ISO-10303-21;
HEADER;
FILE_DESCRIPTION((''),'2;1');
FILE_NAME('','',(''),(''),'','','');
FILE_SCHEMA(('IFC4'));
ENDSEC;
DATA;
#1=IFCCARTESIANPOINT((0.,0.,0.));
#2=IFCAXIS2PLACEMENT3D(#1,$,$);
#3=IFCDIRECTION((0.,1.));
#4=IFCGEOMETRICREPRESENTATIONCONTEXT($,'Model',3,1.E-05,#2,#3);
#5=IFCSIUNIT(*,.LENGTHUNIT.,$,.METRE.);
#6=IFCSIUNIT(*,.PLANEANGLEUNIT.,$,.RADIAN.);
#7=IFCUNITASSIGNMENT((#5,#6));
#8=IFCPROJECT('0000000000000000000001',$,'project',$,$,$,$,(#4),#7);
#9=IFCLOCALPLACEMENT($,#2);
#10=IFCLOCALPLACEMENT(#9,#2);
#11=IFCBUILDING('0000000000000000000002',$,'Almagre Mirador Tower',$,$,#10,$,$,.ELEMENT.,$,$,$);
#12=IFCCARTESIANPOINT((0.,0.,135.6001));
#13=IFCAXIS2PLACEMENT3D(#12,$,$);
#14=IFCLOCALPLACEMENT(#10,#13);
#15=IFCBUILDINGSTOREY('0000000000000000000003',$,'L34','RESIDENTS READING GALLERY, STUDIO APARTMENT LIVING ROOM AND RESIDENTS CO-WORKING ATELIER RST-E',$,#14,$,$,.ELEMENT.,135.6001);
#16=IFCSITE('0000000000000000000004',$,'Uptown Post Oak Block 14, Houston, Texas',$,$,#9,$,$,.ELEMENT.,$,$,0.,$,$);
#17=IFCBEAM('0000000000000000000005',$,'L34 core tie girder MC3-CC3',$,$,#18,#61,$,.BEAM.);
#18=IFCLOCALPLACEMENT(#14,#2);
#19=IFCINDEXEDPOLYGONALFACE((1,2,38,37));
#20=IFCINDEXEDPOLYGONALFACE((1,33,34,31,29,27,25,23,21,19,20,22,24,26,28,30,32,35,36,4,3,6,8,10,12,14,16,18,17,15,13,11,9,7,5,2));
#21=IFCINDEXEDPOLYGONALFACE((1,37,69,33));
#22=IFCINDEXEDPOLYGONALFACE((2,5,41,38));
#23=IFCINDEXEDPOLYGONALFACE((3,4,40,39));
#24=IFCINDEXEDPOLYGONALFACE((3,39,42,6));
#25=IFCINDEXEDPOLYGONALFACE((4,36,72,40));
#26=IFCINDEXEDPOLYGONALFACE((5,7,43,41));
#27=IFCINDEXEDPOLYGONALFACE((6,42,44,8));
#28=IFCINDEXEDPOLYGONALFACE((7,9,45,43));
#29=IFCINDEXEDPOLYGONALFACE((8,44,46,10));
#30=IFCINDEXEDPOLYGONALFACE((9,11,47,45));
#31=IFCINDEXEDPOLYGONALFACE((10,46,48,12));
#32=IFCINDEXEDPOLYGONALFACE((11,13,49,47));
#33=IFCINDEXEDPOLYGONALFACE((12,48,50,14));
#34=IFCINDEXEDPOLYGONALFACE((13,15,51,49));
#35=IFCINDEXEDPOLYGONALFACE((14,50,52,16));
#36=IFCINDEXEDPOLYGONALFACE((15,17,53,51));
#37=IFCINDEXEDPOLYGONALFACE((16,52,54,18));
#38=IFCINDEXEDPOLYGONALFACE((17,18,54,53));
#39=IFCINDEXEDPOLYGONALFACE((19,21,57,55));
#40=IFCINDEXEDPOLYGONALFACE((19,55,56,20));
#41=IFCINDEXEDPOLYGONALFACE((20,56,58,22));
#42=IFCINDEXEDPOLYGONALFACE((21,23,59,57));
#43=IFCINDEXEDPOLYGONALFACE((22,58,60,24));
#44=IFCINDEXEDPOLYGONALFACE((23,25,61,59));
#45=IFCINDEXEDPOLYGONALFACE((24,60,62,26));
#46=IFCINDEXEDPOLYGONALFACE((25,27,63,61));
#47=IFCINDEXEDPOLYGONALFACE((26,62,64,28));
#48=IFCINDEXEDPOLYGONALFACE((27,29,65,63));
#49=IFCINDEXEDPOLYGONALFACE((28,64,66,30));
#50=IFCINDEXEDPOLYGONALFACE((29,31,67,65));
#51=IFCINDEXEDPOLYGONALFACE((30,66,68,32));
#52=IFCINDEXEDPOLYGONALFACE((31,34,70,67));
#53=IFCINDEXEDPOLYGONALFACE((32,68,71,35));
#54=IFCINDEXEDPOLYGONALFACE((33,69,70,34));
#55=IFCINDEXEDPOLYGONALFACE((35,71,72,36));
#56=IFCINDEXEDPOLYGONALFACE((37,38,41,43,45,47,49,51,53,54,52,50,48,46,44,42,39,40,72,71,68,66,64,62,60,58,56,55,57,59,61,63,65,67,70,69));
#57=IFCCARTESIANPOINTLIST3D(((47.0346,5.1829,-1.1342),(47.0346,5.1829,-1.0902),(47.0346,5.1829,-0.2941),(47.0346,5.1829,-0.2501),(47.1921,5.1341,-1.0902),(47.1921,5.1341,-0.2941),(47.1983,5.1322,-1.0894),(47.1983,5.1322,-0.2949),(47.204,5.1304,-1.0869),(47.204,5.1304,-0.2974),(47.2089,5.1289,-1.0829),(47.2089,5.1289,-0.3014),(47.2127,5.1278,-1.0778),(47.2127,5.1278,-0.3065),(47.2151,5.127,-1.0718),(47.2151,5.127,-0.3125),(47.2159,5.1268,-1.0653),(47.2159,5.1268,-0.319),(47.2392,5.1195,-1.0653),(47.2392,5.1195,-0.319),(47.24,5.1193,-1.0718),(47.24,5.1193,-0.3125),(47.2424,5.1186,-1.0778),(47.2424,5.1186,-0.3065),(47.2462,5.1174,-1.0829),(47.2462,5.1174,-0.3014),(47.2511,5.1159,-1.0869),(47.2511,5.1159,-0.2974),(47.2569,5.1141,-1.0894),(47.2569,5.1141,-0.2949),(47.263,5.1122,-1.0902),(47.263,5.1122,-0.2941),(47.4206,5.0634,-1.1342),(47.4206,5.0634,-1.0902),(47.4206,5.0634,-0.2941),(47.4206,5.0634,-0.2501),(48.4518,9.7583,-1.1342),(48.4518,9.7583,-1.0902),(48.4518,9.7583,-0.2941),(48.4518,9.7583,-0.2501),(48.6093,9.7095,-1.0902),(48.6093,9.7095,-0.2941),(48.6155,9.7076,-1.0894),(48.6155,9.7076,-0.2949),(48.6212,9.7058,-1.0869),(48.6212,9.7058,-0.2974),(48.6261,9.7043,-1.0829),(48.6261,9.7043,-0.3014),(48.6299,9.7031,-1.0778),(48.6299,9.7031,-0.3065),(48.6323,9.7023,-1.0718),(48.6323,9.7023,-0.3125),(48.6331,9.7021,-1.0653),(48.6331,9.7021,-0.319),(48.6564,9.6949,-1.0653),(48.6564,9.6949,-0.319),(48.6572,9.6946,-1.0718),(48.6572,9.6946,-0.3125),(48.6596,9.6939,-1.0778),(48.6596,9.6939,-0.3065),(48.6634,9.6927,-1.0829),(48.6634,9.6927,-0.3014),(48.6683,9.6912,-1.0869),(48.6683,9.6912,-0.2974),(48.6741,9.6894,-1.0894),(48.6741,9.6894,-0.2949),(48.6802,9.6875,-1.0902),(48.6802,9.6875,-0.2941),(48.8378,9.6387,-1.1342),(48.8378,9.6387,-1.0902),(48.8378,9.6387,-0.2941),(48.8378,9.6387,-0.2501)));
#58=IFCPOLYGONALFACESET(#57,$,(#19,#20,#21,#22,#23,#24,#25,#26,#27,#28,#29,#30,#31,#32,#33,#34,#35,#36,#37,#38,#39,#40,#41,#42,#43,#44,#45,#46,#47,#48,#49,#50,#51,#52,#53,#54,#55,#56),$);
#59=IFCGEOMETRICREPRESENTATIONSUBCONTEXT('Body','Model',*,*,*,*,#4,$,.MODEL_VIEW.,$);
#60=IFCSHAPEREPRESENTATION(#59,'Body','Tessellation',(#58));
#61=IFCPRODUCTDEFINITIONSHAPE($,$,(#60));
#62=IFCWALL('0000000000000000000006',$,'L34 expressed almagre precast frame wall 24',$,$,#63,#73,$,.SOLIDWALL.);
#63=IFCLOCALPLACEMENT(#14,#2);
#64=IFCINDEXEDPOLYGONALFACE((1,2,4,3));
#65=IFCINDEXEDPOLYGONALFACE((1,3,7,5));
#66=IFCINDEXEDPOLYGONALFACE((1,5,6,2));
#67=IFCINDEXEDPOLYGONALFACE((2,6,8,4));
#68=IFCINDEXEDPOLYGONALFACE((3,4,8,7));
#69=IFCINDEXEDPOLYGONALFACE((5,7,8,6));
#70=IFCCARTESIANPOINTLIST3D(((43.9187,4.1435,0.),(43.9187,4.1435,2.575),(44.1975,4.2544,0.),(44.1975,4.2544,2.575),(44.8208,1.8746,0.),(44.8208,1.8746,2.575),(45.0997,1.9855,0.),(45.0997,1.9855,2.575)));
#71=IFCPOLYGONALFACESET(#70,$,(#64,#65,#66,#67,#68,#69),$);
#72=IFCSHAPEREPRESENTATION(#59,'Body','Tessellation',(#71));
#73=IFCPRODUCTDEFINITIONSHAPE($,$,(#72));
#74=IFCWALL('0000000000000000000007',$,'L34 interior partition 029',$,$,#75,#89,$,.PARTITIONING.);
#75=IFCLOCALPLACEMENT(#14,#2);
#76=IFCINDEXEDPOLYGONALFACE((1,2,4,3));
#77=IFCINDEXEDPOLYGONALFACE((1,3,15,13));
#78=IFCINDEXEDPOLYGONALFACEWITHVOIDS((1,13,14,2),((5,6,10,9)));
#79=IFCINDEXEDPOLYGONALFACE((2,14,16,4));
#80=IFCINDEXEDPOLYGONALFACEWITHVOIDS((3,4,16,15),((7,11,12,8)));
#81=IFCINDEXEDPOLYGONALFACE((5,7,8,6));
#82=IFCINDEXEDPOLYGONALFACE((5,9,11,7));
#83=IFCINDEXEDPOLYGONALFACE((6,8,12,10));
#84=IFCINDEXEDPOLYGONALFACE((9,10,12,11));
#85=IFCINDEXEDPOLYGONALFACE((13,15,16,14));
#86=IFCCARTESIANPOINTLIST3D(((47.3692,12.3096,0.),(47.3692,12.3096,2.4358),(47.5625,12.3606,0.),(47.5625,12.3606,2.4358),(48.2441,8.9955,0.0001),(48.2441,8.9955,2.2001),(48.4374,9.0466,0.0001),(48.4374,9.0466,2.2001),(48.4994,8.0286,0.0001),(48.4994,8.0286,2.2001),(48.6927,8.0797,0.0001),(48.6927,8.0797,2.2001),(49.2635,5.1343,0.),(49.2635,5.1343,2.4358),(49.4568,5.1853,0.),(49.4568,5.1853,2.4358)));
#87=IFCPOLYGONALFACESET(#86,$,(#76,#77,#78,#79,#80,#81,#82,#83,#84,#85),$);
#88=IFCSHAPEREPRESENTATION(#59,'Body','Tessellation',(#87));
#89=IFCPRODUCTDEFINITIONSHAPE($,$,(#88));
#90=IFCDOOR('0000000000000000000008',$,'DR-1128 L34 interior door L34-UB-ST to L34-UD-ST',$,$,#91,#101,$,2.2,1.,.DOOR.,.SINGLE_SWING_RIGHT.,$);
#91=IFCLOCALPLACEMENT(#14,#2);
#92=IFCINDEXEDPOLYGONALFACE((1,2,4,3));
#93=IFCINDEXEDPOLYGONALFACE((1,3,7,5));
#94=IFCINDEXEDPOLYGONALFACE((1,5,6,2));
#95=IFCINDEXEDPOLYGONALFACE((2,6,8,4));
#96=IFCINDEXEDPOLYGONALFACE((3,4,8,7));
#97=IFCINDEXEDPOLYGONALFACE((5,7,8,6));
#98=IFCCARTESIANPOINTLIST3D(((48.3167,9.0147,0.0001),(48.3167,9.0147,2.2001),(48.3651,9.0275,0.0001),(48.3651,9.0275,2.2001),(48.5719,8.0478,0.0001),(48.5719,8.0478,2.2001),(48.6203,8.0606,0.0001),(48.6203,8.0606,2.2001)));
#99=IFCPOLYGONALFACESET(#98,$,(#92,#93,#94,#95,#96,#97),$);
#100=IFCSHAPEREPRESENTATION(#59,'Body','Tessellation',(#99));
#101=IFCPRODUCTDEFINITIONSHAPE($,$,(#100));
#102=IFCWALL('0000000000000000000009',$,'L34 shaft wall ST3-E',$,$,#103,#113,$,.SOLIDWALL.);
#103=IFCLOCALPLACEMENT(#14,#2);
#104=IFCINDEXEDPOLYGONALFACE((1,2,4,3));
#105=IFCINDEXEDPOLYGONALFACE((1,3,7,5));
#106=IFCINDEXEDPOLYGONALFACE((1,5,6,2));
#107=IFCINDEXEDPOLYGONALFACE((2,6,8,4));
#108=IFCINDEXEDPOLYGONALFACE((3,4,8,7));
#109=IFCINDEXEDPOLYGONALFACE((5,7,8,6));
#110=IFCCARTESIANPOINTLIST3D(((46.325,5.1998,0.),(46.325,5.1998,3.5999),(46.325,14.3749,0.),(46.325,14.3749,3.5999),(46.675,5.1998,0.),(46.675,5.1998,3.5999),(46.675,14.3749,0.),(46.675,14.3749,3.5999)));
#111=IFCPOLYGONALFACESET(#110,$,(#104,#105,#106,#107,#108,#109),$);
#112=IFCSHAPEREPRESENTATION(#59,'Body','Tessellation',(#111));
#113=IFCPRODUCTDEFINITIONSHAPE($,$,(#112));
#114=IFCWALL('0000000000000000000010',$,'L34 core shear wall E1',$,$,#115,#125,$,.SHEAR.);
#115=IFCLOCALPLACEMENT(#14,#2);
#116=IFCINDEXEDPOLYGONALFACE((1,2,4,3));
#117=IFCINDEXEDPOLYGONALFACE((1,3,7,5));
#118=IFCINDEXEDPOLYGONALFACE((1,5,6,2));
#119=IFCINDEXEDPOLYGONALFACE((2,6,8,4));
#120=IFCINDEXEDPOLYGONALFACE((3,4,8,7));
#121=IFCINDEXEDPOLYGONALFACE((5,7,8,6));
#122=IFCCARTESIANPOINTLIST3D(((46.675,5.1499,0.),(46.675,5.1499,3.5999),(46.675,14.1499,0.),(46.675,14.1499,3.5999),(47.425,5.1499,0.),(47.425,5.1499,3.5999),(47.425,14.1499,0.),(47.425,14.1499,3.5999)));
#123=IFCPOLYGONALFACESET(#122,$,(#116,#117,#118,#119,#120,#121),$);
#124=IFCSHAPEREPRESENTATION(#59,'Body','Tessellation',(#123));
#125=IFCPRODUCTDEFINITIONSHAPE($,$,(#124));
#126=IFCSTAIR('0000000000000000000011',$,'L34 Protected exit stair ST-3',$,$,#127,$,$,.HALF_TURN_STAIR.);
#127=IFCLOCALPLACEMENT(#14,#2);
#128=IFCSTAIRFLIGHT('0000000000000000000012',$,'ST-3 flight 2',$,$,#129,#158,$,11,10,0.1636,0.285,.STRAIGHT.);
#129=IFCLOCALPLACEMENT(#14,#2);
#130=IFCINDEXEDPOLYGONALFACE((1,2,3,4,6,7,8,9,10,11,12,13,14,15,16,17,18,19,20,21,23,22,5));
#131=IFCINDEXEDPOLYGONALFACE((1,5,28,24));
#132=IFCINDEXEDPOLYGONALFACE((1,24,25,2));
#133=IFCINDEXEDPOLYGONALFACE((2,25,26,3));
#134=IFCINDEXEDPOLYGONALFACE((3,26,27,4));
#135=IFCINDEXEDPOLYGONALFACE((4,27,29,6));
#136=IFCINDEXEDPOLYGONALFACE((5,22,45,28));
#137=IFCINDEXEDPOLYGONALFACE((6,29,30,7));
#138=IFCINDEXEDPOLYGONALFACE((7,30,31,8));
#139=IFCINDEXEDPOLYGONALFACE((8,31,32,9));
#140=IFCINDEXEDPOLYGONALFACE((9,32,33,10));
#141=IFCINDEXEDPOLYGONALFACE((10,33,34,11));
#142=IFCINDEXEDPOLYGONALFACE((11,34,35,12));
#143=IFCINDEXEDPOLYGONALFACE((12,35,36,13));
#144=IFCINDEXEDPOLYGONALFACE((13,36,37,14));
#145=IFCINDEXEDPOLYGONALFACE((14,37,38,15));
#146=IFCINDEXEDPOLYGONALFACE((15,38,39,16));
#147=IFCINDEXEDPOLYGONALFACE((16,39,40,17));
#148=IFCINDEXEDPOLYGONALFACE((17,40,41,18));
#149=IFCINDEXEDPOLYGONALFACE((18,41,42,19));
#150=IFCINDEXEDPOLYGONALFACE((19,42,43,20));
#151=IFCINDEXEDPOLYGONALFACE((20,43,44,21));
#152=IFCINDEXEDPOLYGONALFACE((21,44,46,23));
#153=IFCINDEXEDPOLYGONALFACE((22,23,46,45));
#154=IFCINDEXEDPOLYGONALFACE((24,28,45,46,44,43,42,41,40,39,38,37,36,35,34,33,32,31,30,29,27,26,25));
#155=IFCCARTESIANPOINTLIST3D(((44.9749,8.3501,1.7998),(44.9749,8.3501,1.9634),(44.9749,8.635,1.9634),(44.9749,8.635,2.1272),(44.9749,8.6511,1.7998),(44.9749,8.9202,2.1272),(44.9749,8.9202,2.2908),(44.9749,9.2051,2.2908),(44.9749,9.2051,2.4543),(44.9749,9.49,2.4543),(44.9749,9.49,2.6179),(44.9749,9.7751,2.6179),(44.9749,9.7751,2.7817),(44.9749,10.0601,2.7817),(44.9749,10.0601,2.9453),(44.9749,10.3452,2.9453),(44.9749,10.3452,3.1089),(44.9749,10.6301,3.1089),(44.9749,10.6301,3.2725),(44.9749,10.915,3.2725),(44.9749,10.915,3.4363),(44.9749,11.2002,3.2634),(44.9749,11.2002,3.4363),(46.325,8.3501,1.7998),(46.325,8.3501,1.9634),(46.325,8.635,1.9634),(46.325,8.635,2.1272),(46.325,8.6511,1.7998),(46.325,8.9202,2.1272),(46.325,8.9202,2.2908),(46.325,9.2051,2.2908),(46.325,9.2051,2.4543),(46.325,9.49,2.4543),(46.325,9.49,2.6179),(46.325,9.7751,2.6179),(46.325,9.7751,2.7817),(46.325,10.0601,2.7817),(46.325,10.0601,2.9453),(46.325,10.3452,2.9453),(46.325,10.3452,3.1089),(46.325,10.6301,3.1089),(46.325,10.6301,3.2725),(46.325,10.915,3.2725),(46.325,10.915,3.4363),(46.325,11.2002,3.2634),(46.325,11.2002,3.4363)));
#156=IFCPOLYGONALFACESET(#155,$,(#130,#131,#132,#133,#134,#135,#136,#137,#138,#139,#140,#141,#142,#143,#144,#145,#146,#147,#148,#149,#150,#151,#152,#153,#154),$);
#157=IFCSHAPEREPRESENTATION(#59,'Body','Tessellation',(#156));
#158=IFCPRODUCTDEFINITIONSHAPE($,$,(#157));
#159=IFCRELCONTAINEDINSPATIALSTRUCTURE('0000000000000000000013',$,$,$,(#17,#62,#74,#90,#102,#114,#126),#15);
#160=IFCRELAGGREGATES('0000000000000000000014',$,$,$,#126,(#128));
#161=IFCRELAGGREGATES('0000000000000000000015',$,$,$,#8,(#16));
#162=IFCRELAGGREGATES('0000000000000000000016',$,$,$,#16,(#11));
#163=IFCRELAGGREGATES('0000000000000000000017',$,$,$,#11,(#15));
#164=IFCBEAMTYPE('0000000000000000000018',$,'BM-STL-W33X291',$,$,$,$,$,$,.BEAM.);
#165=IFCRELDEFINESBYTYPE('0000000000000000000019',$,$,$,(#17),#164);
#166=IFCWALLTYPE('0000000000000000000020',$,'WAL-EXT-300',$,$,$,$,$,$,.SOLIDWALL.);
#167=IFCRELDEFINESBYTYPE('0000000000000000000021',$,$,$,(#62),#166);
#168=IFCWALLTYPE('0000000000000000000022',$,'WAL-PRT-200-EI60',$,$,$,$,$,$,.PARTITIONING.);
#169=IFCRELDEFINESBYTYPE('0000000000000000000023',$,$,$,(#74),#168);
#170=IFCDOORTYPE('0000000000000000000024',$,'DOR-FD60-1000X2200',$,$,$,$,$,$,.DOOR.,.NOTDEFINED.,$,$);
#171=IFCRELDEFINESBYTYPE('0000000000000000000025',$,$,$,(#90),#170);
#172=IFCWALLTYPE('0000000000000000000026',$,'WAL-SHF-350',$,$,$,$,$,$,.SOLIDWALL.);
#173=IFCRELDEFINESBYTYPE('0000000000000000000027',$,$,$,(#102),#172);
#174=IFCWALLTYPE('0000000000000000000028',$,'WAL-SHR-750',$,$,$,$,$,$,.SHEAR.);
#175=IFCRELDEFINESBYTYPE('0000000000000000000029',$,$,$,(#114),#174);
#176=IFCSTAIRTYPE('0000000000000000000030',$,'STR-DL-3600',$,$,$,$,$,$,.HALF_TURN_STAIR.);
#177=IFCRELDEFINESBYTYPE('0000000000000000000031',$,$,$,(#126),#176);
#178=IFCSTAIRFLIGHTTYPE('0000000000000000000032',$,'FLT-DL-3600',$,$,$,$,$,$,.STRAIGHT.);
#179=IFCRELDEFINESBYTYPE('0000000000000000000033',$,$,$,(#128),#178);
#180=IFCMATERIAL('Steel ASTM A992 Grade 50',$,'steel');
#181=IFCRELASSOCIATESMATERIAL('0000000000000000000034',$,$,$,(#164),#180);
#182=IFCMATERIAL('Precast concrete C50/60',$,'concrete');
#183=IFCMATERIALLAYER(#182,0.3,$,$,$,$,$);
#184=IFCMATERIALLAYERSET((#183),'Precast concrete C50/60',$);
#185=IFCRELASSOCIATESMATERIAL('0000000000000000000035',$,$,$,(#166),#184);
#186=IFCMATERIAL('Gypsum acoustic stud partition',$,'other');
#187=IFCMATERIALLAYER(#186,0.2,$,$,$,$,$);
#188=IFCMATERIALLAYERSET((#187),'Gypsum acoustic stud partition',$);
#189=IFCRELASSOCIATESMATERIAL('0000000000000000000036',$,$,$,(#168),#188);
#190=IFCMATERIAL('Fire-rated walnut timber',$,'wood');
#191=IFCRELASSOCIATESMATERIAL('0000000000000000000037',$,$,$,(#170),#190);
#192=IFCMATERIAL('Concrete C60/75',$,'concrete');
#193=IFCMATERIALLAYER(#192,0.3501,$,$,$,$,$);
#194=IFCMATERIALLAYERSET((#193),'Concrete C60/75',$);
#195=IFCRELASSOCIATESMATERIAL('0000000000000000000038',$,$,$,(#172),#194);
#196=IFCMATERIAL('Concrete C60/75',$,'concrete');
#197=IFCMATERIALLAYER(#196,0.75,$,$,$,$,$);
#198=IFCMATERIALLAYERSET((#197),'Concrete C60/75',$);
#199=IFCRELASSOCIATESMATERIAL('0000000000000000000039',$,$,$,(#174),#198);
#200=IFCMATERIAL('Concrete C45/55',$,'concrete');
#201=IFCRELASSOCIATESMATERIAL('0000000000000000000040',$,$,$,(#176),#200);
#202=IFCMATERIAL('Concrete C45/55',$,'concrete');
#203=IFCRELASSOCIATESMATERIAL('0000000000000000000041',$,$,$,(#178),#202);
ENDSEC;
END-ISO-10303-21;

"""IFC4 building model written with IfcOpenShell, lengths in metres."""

from ifc_helpers import new_model, si_unit, direction, frame, frame_2d, origin, origin_2d, place, context, subcontext, project, spatial, polyline, rectangle, i_section, outline, extrude, material, layer, layer_set, material_profile, profile_set, type_object, element, fill, aggregate, save


model = new_model("IFC4")

# Units and contexts
model_context = context("Model", 3, precision=1e-05, world=origin(), true_north=direction((0.0, 1.0)))
body_context = subcontext(model_context, "Body", "Model", "MODEL_VIEW")
ifc_project = project(units=[si_unit("LENGTHUNIT", "METRE"), si_unit("PLANEANGLEUNIT", "RADIAN")], contexts=[model_context])

# Site, building, storey
site_placement = place(None, origin())
site = spatial("IfcSite", under=ifc_project, at=site_placement, Name="Uptown Post Oak Block 14, Houston, Texas", CompositionType="ELEMENT", RefElevation=0.0)
building_placement = place(site_placement, origin())
building = spatial("IfcBuilding", under=site, at=building_placement, Name="Almagre Mirador Tower", CompositionType="ELEMENT")
storey_placement = place(building_placement, frame((0.0, 0.0, 135.6001)))
storey = spatial("IfcBuildingStorey", under=building, at=storey_placement, Name="L34", Description="RESIDENTS READING GALLERY, STUDIO APARTMENT LIVING ROOM AND RESIDENTS CO-WORKING ATELIER RST-E", CompositionType="ELEMENT", Elevation=135.6001)

# Beam
ifc_material_1 = material(Name="Steel ASTM A992 Grade 50", Category="steel")
ifc_material_profile_1 = material_profile(ifc_material_1, i_section(OverallWidth=0.4041, OverallDepth=0.884, WebThickness=0.0244, FlangeThickness=0.0439, FilletRadius=0.0249, at=origin_2d()), Name="W33X291")
ifc_profile_set_1 = profile_set([ifc_material_profile_1], Name="Steel ASTM A992 Grade 50")
beam_type = type_object("IfcBeamType", Name="BM-STL-W33X291", PredefinedType="BEAM", material=ifc_profile_set_1)
beam_1_placement = place(storey_placement, frame((48.6448, 9.6985, -0.6921), z_axis=(-0.29588, -0.955225, 0.0), x_axis=(0.955225, -0.29588, 0.0)))
element("IfcBeam", 1, at=beam_1_placement, inside=storey, type_object=beam_type, Name="L34 core tie girder MC3-CC3", PredefinedType="BEAM", context=body_context, shape_type="SweptSolid", body=[
    extrude(i_section(OverallWidth=0.4041, OverallDepth=0.884, WebThickness=0.0244, FlangeThickness=0.0439, FilletRadius=0.0249, at=origin_2d()), origin(), (0.0, 0.0, 1.0), 4.7898),
])

# Wall
ifc_material_2 = material(Name="Precast concrete C50/60", Category="concrete")
ifc_layer_1 = layer(ifc_material_2, 0.3)
ifc_layer_set_1 = layer_set([ifc_layer_1], Name="Precast concrete C50/60")
wall_type_1 = type_object("IfcWallType", Name="WAL-EXT-300", PredefinedType="SOLIDWALL", material=ifc_layer_set_1)
wall_1_placement = place(storey_placement, frame((44.9602, 1.9302, 0.0), z_axis=(0.0, 0.0, 1.0), x_axis=(-0.369476, 0.92924, 0.0)))
element("IfcWall", 2, at=wall_1_placement, inside=storey, type_object=wall_type_1, Name="L34 expressed almagre precast frame wall 24", PredefinedType="SOLIDWALL", context=body_context, shape_type="SweptSolid", body=[
    extrude(rectangle(XDim=2.4417, YDim=0.3, at=frame_2d((1.2207, 0.0))), origin(), (0.0, 0.0, 1.0), 2.575),
])

# Wall, opening, door
ifc_material_3 = material(Name="Gypsum acoustic stud partition", Category="other")
ifc_layer_2 = layer(ifc_material_3, 0.2)
ifc_layer_set_2 = layer_set([ifc_layer_2], Name="Gypsum acoustic stud partition")
wall_type_2 = type_object("IfcWallType", Name="WAL-PRT-200-EI60", PredefinedType="PARTITIONING", material=ifc_layer_set_2)
wall_2_placement = place(storey_placement, frame((49.3601, 5.1599, 0.0), z_axis=(0.0, 0.0, 1.0), x_axis=(-0.255256, 0.966874, 0.0)))
wall_2 = element("IfcWall", 3, at=wall_2_placement, inside=storey, type_object=wall_type_2, Name="L34 interior partition 029", PredefinedType="PARTITIONING", context=body_context, shape_type="SweptSolid", body=[
    extrude(rectangle(XDim=7.4211, YDim=0.2, at=frame_2d((3.7104, 0.0))), origin(), (0.0, 0.0, 1.0), 2.4358),
])
opening_placement = place(wall_2_placement, frame((2.9934, 0.0, 0.0)))
opening = element("IfcOpeningElement", 4, at=opening_placement, cuts=wall_2, PredefinedType="OPENING", context=body_context, shape_type="SweptSolid", body=[
    extrude(rectangle(XDim=1.0, YDim=2.2, at=frame_2d((0.5, 1.1001))), frame((0.0, 0.1101, 0.0), z_axis=(0.0, -1.0, 0.0), x_axis=(1.0, 0.0, 0.0)), (0.0, 0.0, 1.0), 0.22),
])
ifc_material_4 = material(Name="Fire-rated walnut timber", Category="wood")
door_type = type_object("IfcDoorType", Name="DOR-FD60-1000X2200", OperationType="NOTDEFINED", PredefinedType="DOOR", material=ifc_material_4)
door_placement = place(opening_placement, origin())
door = element("IfcDoor", 5, at=door_placement, inside=storey, type_object=door_type, Name="DR-1128 L34 interior door L34-UB-ST to L34-UD-ST", OperationType="SINGLE_SWING_RIGHT", OverallHeight=2.2, OverallWidth=1.0, PredefinedType="DOOR", context=body_context, shape_type="SweptSolid", body=[
    extrude(rectangle(XDim=1.0, YDim=2.2, at=frame_2d((0.5, 1.1001))), frame((0.0, 0.0249, 0.0), z_axis=(0.0, -1.0, 0.0), x_axis=(1.0, 0.0, 0.0)), (0.0, 0.0, 1.0), 0.05),
])
fill(opening, door)

# Walls
ifc_material_5 = material(Name="Concrete C60/75", Category="concrete")
ifc_layer_3 = layer(ifc_material_5, 0.3501)
ifc_layer_set_3 = layer_set([ifc_layer_3], Name="Concrete C60/75")
wall_type_3 = type_object("IfcWallType", Name="WAL-SHF-350", PredefinedType="SOLIDWALL", material=ifc_layer_set_3)
wall_3_placement = place(storey_placement, frame((46.5, 5.2, 0.0), z_axis=(0.0, 0.0, 1.0), x_axis=(0.0, 1.0, 0.0)))
element("IfcWall", 6, at=wall_3_placement, inside=storey, type_object=wall_type_3, Name="L34 shaft wall ST3-E", PredefinedType="SOLIDWALL", context=body_context, shape_type="SweptSolid", body=[
    extrude(rectangle(XDim=9.175, YDim=0.3501, at=frame_2d((4.5874, 0.0))), origin(), (0.0, 0.0, 1.0), 3.5999),
])
ifc_material_6 = material(Name="Concrete C60/75", Category="concrete")
ifc_layer_4 = layer(ifc_material_6, 0.75)
ifc_layer_set_4 = layer_set([ifc_layer_4], Name="Concrete C60/75")
wall_type_4 = type_object("IfcWallType", Name="WAL-SHR-750", PredefinedType="SHEAR", material=ifc_layer_set_4)
wall_4_placement = place(storey_placement, frame((47.05, 5.1499, 0.0), z_axis=(0.0, 0.0, 1.0), x_axis=(0.0, 1.0, 0.0)))
element("IfcWall", 7, at=wall_4_placement, inside=storey, type_object=wall_type_4, Name="L34 core shear wall E1", PredefinedType="SHEAR", context=body_context, shape_type="SweptSolid", body=[
    extrude(rectangle(XDim=9.0, YDim=0.75, at=frame_2d((4.5, 0.0))), origin(), (0.0, 0.0, 1.0), 3.5999),
])

# Stair, stair flight
ifc_material_7 = material(Name="Concrete C45/55", Category="concrete")
stair_type = type_object("IfcStairType", Name="STR-DL-3600", PredefinedType="HALF_TURN_STAIR", material=ifc_material_7)
stair_placement = place(storey_placement, origin())
stair = element("IfcStair", 8, at=stair_placement, inside=storey, type_object=stair_type, Name="L34 Protected exit stair ST-3", PredefinedType="HALF_TURN_STAIR")
ifc_material_8 = material(Name="Concrete C45/55", Category="concrete")
stair_flight_type = type_object("IfcStairFlightType", Name="FLT-DL-3600", PredefinedType="STRAIGHT", material=ifc_material_8)
stair_flight_placement = place(storey_placement, frame((45.6499, 8.3501, 1.7998), z_axis=(0.0, 0.0, 1.0), x_axis=(0.0, 1.0, 0.0)))
stair_flight = element("IfcStairFlight", 9, at=stair_flight_placement, type_object=stair_flight_type, Name="ST-3 flight 2", NumberOfRisers=11, NumberOfTreads=10, PredefinedType="STRAIGHT", RiserHeight=0.1636, TreadLength=0.285, context=body_context, shape_type="SweptSolid", body=[
    extrude(outline(polyline([(0.0, 0.0), (0.0, 0.1636), (0.2849, 0.1636), (0.2849, 0.3274), (0.5701, 0.3274), (0.5701, 0.491), (0.855, 0.491), (0.855, 0.6545), (1.1399, 0.6545), (1.1399, 0.8181), (1.425, 0.8181), (1.425, 0.9819), (1.71, 0.9819), (1.71, 1.1455), (1.9951, 1.1455), (1.9951, 1.3091), (2.28, 1.3091), (2.28, 1.4727), (2.5649, 1.4727), (2.5649, 1.6365), (2.8501, 1.6365), (2.8501, 1.8), (2.8501, 1.4636), (0.301, 0.0), (0.0, 0.0)])), frame((0.0, 0.675, 0.0), z_axis=(0.0, -1.0, 0.0), x_axis=(1.0, 0.0, 0.0)), (0.0, 0.0, 1.0), 1.3501),
])
aggregate(stair, [stair_flight])

save(model, "model.ifc")
